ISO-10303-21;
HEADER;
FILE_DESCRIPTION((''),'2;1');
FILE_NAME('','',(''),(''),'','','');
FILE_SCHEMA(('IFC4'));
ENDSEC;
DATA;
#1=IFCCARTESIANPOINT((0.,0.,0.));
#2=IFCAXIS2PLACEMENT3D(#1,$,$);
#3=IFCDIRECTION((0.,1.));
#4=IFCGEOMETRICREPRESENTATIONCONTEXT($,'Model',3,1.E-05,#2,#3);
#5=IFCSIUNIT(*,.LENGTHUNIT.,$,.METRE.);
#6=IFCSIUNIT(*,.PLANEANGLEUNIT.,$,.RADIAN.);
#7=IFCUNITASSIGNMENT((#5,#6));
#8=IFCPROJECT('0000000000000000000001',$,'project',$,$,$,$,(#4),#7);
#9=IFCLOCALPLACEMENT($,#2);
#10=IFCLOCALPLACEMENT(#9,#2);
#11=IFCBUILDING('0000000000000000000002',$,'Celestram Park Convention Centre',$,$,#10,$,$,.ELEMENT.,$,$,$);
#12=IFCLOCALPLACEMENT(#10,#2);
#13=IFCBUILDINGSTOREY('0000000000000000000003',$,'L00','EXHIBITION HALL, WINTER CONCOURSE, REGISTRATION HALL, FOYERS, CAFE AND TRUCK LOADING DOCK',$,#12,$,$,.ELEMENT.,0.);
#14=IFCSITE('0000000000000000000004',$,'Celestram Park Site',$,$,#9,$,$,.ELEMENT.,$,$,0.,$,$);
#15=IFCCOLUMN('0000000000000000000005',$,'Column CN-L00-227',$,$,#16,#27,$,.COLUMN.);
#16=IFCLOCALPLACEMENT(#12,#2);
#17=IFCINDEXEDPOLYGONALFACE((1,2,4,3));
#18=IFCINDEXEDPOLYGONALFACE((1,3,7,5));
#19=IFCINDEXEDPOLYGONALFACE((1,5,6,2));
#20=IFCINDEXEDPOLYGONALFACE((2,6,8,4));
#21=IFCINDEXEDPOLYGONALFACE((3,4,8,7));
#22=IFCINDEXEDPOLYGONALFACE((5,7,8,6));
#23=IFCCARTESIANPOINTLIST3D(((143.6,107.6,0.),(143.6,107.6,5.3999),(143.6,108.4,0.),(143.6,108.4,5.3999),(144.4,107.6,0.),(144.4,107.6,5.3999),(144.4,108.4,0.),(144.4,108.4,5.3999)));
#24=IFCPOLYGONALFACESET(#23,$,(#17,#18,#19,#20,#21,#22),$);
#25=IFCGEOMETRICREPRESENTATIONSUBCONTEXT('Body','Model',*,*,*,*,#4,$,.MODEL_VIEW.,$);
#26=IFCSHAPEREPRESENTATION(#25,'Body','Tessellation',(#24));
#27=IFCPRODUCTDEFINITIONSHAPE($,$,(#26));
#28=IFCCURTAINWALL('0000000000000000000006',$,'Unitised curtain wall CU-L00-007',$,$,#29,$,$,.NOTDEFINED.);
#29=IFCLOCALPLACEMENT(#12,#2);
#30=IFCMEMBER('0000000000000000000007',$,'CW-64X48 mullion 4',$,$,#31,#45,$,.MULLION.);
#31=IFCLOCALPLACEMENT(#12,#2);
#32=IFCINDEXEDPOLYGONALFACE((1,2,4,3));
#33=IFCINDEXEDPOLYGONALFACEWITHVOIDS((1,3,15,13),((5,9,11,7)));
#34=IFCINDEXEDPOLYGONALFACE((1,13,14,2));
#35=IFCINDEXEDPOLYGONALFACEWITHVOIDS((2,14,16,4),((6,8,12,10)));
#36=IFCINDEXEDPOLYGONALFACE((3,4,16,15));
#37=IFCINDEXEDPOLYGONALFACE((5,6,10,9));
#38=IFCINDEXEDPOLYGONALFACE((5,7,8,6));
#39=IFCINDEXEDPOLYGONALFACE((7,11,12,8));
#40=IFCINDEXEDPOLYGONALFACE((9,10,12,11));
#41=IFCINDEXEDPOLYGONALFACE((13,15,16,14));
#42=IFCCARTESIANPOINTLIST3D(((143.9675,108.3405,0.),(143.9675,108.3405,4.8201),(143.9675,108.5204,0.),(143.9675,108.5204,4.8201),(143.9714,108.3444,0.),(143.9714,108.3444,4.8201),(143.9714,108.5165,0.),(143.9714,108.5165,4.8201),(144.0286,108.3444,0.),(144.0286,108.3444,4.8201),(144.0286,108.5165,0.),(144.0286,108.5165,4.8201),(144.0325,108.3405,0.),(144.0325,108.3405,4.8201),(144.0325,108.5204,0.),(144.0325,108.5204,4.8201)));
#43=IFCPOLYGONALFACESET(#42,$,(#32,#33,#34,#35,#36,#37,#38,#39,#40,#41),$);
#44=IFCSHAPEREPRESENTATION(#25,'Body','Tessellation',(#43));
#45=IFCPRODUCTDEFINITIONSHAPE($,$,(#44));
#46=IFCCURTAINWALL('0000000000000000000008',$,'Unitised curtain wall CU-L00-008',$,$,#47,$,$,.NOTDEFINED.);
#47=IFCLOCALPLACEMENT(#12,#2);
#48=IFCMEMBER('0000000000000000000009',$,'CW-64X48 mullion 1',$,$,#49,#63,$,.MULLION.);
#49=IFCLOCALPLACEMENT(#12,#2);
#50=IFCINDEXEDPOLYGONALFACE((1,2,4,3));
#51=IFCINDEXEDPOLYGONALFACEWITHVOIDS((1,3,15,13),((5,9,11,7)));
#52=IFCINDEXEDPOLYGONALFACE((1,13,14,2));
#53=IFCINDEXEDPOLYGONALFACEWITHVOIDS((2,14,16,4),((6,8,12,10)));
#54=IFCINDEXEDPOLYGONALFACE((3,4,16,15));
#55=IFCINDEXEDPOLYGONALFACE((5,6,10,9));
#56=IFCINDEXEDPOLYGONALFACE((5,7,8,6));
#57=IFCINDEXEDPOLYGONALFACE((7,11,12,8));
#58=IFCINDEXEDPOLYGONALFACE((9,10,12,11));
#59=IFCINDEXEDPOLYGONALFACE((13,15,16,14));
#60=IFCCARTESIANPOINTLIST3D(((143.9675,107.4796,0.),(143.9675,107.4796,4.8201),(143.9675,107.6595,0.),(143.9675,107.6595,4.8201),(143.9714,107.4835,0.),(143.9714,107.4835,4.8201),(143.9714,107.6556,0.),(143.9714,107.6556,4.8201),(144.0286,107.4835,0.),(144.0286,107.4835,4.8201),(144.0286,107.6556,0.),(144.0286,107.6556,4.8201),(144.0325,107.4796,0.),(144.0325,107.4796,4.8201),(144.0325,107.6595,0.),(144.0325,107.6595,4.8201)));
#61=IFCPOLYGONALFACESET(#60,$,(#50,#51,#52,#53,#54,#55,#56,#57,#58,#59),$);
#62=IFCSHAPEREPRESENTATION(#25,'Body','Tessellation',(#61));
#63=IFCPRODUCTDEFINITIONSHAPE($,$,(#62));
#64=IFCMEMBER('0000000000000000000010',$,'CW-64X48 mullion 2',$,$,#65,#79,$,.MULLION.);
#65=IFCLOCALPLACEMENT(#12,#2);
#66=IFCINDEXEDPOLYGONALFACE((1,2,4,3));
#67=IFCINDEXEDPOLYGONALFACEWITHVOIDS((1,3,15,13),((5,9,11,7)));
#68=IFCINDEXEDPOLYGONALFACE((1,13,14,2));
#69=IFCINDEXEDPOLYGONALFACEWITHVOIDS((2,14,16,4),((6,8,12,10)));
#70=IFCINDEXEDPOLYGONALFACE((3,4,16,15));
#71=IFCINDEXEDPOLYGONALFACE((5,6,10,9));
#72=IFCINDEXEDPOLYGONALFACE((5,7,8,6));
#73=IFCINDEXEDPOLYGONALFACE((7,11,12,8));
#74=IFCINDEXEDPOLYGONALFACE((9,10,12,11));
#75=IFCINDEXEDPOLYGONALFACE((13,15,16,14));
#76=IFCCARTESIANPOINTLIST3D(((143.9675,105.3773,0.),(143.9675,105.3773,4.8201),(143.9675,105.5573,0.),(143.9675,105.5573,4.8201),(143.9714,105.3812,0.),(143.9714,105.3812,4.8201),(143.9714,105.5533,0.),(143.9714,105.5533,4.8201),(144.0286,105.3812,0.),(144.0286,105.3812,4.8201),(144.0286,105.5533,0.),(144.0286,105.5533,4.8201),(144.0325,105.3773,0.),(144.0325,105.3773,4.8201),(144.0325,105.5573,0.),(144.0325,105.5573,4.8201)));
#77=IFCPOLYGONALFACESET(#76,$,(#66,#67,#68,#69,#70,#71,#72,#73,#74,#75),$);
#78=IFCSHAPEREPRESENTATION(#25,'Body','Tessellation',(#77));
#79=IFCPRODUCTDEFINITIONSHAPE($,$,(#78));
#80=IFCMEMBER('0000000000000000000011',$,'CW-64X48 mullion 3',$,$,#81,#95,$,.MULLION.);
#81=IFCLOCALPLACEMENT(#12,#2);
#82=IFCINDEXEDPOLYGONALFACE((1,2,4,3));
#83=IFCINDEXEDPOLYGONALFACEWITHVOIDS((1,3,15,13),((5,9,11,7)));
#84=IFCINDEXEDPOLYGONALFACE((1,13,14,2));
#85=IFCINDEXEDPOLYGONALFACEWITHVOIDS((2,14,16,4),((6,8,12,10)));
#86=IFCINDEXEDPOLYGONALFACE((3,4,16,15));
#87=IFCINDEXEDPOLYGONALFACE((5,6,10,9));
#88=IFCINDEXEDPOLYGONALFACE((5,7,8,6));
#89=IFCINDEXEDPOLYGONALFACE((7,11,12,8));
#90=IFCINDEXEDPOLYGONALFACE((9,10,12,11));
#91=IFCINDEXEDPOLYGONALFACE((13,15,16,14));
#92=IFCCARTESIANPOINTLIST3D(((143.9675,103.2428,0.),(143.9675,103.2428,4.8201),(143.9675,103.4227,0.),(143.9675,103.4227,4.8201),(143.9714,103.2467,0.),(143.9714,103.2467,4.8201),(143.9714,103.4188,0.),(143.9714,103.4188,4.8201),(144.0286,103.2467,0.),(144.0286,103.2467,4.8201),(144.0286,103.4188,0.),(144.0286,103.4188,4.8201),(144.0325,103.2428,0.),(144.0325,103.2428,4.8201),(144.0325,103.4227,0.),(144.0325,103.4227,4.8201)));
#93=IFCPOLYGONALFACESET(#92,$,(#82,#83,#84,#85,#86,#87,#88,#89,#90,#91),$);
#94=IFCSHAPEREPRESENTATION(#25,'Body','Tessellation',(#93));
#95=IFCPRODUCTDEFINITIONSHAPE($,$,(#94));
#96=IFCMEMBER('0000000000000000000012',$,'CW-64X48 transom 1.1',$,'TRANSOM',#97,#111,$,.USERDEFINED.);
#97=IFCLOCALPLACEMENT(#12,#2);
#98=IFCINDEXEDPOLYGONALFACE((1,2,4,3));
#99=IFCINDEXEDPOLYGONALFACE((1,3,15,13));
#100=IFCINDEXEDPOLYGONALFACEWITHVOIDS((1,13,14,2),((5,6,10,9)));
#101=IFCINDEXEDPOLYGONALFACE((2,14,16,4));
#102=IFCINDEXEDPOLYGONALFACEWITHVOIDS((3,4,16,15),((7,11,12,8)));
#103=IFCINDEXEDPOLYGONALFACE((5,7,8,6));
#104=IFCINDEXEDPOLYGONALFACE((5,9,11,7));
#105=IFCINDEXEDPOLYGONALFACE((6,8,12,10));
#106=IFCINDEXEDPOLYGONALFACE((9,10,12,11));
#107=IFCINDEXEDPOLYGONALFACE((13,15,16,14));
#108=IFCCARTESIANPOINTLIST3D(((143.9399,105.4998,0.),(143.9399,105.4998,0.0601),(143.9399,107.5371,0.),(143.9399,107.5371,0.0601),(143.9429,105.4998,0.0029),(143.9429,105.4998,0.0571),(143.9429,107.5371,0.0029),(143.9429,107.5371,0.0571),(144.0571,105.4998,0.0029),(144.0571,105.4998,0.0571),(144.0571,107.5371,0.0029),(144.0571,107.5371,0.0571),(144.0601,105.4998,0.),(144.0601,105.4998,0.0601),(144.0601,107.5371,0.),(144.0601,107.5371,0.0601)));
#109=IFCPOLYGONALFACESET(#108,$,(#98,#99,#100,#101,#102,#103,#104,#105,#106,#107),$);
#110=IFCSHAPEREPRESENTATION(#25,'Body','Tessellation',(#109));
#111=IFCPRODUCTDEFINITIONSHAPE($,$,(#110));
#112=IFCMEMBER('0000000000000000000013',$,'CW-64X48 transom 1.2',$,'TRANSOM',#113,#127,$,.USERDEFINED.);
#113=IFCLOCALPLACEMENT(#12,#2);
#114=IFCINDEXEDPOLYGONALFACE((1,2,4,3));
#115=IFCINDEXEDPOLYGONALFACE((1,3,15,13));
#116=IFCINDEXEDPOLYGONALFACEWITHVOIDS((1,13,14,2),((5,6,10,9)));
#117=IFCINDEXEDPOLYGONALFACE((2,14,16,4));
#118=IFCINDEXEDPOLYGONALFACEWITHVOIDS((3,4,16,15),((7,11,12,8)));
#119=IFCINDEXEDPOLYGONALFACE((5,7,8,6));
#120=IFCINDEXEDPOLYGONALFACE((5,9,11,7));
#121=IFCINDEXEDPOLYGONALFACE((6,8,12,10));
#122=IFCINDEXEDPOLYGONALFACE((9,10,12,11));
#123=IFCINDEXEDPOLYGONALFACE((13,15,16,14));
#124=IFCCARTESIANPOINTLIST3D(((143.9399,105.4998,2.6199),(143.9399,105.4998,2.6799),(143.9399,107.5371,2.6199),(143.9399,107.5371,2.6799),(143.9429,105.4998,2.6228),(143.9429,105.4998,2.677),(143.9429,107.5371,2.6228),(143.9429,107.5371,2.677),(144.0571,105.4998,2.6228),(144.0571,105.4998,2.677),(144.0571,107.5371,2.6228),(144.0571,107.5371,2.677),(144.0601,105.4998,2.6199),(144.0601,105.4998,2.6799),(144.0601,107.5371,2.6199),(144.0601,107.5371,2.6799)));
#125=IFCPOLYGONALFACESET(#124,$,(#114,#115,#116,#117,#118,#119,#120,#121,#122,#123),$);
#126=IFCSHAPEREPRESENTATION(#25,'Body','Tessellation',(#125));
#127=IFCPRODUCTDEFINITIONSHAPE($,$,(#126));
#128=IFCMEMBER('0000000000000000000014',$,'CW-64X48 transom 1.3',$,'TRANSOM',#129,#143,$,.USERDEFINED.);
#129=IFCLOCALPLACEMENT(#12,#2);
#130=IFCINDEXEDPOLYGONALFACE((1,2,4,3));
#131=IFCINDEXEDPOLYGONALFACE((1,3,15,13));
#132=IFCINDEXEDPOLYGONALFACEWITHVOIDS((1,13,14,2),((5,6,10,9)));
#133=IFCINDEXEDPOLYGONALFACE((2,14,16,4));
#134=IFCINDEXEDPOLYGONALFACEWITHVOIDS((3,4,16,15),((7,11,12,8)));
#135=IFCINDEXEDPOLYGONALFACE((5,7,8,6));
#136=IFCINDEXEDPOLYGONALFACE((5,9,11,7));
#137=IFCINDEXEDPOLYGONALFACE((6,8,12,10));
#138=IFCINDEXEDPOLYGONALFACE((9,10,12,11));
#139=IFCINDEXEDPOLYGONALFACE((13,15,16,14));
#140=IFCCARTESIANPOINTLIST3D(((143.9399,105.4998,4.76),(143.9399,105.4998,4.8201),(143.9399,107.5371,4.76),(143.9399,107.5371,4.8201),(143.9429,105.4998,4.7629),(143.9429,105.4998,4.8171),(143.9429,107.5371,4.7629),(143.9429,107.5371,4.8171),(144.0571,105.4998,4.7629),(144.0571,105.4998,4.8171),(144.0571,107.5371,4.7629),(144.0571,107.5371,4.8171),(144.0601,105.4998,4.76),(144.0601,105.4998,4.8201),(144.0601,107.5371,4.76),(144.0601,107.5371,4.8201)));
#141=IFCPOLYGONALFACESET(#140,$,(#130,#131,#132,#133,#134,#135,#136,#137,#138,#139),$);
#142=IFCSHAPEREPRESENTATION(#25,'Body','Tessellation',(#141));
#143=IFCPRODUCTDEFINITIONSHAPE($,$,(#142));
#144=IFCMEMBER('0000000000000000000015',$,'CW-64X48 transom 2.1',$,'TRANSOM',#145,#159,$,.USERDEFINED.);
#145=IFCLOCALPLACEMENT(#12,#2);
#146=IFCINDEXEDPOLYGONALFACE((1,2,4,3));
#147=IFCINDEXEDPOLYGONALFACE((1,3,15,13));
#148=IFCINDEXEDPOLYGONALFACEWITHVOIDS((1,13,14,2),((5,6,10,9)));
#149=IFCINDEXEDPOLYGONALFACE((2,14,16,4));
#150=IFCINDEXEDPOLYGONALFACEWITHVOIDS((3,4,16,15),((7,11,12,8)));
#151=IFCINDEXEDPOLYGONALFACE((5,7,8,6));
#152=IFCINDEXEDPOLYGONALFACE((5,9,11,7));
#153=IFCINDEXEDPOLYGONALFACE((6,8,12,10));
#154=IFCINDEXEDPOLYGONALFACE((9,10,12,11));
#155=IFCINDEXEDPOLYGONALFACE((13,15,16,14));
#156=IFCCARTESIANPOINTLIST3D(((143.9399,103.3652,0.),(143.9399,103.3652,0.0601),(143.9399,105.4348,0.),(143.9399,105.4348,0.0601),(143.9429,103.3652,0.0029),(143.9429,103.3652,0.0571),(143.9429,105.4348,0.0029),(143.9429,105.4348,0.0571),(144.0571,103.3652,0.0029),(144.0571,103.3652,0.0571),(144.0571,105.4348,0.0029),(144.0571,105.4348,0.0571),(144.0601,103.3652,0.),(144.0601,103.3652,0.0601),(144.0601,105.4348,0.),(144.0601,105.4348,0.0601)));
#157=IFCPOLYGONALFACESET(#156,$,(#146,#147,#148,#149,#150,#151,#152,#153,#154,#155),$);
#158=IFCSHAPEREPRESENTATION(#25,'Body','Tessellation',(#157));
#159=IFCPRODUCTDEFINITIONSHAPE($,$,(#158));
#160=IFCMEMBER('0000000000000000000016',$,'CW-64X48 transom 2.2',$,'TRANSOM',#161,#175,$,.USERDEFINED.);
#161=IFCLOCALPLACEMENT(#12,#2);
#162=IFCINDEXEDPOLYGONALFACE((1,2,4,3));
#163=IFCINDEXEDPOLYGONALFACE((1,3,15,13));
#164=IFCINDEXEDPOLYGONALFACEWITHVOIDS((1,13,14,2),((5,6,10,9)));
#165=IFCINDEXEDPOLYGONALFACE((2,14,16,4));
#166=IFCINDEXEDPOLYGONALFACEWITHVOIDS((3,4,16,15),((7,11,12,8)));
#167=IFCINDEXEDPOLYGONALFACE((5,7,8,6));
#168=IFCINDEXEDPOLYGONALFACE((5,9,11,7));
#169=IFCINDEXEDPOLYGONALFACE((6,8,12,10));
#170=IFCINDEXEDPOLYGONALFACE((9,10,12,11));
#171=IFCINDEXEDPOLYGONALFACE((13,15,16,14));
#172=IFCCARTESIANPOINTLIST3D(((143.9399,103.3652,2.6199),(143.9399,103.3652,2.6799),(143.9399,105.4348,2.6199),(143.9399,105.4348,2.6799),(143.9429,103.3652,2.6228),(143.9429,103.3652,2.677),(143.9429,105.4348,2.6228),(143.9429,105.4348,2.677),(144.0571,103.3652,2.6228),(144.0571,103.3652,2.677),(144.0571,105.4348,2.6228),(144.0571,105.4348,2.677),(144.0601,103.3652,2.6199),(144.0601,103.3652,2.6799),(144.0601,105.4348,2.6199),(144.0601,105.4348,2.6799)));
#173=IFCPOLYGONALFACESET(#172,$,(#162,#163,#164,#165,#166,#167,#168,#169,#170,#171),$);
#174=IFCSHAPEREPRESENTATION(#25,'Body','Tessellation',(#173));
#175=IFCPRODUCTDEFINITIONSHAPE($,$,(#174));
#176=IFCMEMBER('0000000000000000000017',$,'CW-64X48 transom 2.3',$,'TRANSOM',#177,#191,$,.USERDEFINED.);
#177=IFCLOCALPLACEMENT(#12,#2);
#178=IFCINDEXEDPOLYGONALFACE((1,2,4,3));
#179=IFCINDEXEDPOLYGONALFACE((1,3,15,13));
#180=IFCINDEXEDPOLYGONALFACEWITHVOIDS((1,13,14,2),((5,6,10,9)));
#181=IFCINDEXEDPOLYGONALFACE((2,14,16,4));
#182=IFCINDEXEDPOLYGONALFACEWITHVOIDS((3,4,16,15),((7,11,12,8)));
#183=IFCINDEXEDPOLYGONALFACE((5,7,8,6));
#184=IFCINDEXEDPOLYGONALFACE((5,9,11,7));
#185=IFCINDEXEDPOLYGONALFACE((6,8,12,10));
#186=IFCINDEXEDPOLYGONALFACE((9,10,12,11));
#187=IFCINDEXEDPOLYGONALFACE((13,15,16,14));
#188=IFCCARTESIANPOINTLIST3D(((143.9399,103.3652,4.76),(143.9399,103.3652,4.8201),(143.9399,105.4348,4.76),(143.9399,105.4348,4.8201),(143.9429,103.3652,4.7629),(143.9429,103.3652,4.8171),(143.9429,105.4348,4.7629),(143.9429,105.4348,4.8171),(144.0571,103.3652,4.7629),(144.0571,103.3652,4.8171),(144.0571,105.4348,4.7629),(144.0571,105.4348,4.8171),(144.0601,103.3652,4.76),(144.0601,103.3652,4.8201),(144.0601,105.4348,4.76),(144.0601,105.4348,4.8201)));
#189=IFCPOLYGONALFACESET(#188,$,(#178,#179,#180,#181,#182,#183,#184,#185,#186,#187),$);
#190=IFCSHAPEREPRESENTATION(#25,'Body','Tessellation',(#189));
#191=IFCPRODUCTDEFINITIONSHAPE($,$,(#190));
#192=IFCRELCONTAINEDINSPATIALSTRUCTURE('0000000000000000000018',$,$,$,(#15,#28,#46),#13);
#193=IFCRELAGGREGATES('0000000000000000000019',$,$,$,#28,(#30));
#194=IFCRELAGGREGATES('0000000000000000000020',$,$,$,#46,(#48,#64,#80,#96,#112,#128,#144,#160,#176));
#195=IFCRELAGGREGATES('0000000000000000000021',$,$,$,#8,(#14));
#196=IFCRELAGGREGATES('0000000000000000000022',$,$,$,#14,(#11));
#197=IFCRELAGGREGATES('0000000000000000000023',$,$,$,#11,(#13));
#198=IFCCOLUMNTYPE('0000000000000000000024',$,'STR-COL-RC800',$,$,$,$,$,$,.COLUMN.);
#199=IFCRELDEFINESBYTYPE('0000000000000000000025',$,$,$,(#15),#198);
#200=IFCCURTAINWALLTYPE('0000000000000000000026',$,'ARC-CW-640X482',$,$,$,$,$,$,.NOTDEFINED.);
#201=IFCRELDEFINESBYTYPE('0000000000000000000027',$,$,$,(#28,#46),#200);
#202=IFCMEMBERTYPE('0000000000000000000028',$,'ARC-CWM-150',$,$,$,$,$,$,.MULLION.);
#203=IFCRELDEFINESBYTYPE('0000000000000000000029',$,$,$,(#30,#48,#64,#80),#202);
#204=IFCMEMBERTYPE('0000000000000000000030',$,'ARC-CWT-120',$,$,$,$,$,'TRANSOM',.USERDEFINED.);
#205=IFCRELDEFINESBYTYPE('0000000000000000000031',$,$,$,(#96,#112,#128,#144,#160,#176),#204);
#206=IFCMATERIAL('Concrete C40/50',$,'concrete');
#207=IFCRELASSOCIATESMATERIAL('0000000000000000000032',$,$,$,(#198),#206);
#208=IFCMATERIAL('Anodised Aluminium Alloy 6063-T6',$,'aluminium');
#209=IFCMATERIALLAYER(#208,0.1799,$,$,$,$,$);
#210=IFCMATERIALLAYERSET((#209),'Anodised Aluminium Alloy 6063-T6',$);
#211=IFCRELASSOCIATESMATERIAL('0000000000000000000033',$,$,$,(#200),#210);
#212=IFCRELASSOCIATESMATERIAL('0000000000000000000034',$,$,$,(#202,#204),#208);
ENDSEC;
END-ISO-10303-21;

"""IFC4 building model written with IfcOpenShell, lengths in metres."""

from ifc_helpers import new_model, si_unit, direction, frame, origin, origin_2d, place, context, subcontext, project, spatial, rectangle, hollow_rectangle, extrude, material, layer, layer_set, material_profile, profile_set, type_object, element, aggregate, save


model = new_model("IFC4")

# Units and contexts
model_context = context("Model", 3, precision=1e-05, world=origin(), true_north=direction((0.0, 1.0)))
body_context = subcontext(model_context, "Body", "Model", "MODEL_VIEW")
ifc_project = project(units=[si_unit("LENGTHUNIT", "METRE"), si_unit("PLANEANGLEUNIT", "RADIAN")], contexts=[model_context])

# Site, building, storey
site_placement = place(None, origin())
site = spatial("IfcSite", under=ifc_project, at=site_placement, Name="Celestram Park Site", CompositionType="ELEMENT", RefElevation=0.0)
building_placement = place(site_placement, origin())
building = spatial("IfcBuilding", under=site, at=building_placement, Name="Celestram Park Convention Centre", CompositionType="ELEMENT")
storey_placement = place(building_placement, origin())
storey = spatial("IfcBuildingStorey", under=building, at=storey_placement, Name="L00", Description="EXHIBITION HALL, WINTER CONCOURSE, REGISTRATION HALL, FOYERS, CAFE AND TRUCK LOADING DOCK", CompositionType="ELEMENT", Elevation=0.0)

# Column
ifc_material_1 = material(Name="Concrete C40/50", Category="concrete")
ifc_material_profile_1 = material_profile(ifc_material_1, rectangle(XDim=0.8, YDim=0.8, at=origin_2d()), Name="RC800X800")
ifc_profile_set_1 = profile_set([ifc_material_profile_1], Name="Concrete C40/50")
column_type = type_object("IfcColumnType", Name="STR-COL-RC800", PredefinedType="COLUMN", material=ifc_profile_set_1)
column_placement = place(storey_placement, frame((144.0, 108.0, 0.0), z_axis=(0.0, 0.0, 1.0), x_axis=(1.0, 0.0, 0.0)))
element("IfcColumn", 1, at=column_placement, inside=storey, type_object=column_type, Name="Column CN-L00-227", PredefinedType="COLUMN", context=body_context, shape_type="SweptSolid", body=[
    extrude(rectangle(XDim=0.8, YDim=0.8, at=origin_2d()), origin(), (0.0, 0.0, 1.0), 5.3999),
])

# Curtain wall, member
ifc_material_2 = material(Name="Anodised Aluminium Alloy 6063-T6", Category="aluminium")
ifc_layer_1 = layer(ifc_material_2, 0.1799)
ifc_layer_set_1 = layer_set([ifc_layer_1], Name="Anodised Aluminium Alloy 6063-T6")
curtain_wall_type = type_object("IfcCurtainWallType", Name="ARC-CW-640X482", PredefinedType="NOTDEFINED", material=ifc_layer_set_1)
curtain_wall_1_placement = place(storey_placement, origin())
curtain_wall_1 = element("IfcCurtainWall", 2, at=curtain_wall_1_placement, inside=storey, type_object=curtain_wall_type, Name="Unitised curtain wall CU-L00-007", PredefinedType="NOTDEFINED")
ifc_material_profile_2 = material_profile(ifc_material_2, hollow_rectangle(XDim=0.0649, YDim=0.1799, WallThickness=0.0039, at=origin_2d()), Name="ALU65X180X4")
ifc_profile_set_2 = profile_set([ifc_material_profile_2], Name="Anodised Aluminium Alloy 6063-T6")
member_type_1 = type_object("IfcMemberType", Name="ARC-CWM-150", PredefinedType="MULLION", material=ifc_profile_set_2)
member_1_placement = place(storey_placement, frame((144.0, 108.4304, 0.0), z_axis=(0.0, 0.0, 1.0), x_axis=(1.0, 0.0, 0.0)))
member_1 = element("IfcMember", 3, at=member_1_placement, type_object=member_type_1, Name="CW-64X48 mullion 4", PredefinedType="MULLION", context=body_context, shape_type="SweptSolid", body=[
    extrude(hollow_rectangle(XDim=0.0649, YDim=0.1799, WallThickness=0.0039, at=origin_2d()), origin(), (0.0, 0.0, 1.0), 4.8201),
])
aggregate(curtain_wall_1, [member_1])

# Curtain wall, members
curtain_wall_2_placement = place(storey_placement, origin())
curtain_wall_2 = element("IfcCurtainWall", 4, at=curtain_wall_2_placement, inside=storey, type_object=curtain_wall_type, Name="Unitised curtain wall CU-L00-008", PredefinedType="NOTDEFINED")
member_2_placement = place(storey_placement, frame((144.0, 107.5696, 0.0), z_axis=(0.0, 0.0, 1.0), x_axis=(1.0, 0.0, 0.0)))
member_2 = element("IfcMember", 5, at=member_2_placement, type_object=member_type_1, Name="CW-64X48 mullion 1", PredefinedType="MULLION", context=body_context, shape_type="SweptSolid", body=[
    extrude(hollow_rectangle(XDim=0.0649, YDim=0.1799, WallThickness=0.0039, at=origin_2d()), origin(), (0.0, 0.0, 1.0), 4.8201),
])
member_3_placement = place(storey_placement, frame((144.0, 105.4673, 0.0), z_axis=(0.0, 0.0, 1.0), x_axis=(1.0, 0.0, 0.0)))
member_3 = element("IfcMember", 6, at=member_3_placement, type_object=member_type_1, Name="CW-64X48 mullion 2", PredefinedType="MULLION", context=body_context, shape_type="SweptSolid", body=[
    extrude(hollow_rectangle(XDim=0.0649, YDim=0.1799, WallThickness=0.0039, at=origin_2d()), origin(), (0.0, 0.0, 1.0), 4.8201),
])
member_4_placement = place(storey_placement, frame((144.0, 103.3328, 0.0), z_axis=(0.0, 0.0, 1.0), x_axis=(1.0, 0.0, 0.0)))
member_4 = element("IfcMember", 7, at=member_4_placement, type_object=member_type_1, Name="CW-64X48 mullion 3", PredefinedType="MULLION", context=body_context, shape_type="SweptSolid", body=[
    extrude(hollow_rectangle(XDim=0.0649, YDim=0.1799, WallThickness=0.0039, at=origin_2d()), origin(), (0.0, 0.0, 1.0), 4.8201),
])
ifc_material_profile_3 = material_profile(ifc_material_2, hollow_rectangle(XDim=0.1201, YDim=0.0601, WallThickness=0.0029, at=origin_2d()), Name="ALU120X60X3")
ifc_profile_set_3 = profile_set([ifc_material_profile_3], Name="Anodised Aluminium Alloy 6063-T6")
member_type_2 = type_object("IfcMemberType", Name="ARC-CWT-120", ElementType="TRANSOM", PredefinedType="USERDEFINED", material=ifc_profile_set_3)
member_5_placement = place(storey_placement, frame((144.0, 107.5371, 0.03), z_axis=(0.0, -1.0, 0.0), x_axis=(1.0, 0.0, 0.0)))
member_5 = element("IfcMember", 8, at=member_5_placement, type_object=member_type_2, Name="CW-64X48 transom 1.1", ObjectType="TRANSOM", PredefinedType="USERDEFINED", context=body_context, shape_type="SweptSolid", body=[
    extrude(hollow_rectangle(XDim=0.1201, YDim=0.0601, WallThickness=0.0029, at=origin_2d()), origin(), (0.0, 0.0, 1.0), 2.0374),
])
member_6_placement = place(storey_placement, frame((144.0, 107.5371, 2.6499), z_axis=(0.0, -1.0, 0.0), x_axis=(1.0, 0.0, 0.0)))
member_6 = element("IfcMember", 9, at=member_6_placement, type_object=member_type_2, Name="CW-64X48 transom 1.2", ObjectType="TRANSOM", PredefinedType="USERDEFINED", context=body_context, shape_type="SweptSolid", body=[
    extrude(hollow_rectangle(XDim=0.1201, YDim=0.0601, WallThickness=0.0029, at=origin_2d()), origin(), (0.0, 0.0, 1.0), 2.0374),
])
member_7_placement = place(storey_placement, frame((144.0, 107.5371, 4.79), z_axis=(0.0, -1.0, 0.0), x_axis=(1.0, 0.0, 0.0)))
member_7 = element("IfcMember", 10, at=member_7_placement, type_object=member_type_2, Name="CW-64X48 transom 1.3", ObjectType="TRANSOM", PredefinedType="USERDEFINED", context=body_context, shape_type="SweptSolid", body=[
    extrude(hollow_rectangle(XDim=0.1201, YDim=0.0601, WallThickness=0.0029, at=origin_2d()), origin(), (0.0, 0.0, 1.0), 2.0374),
])
member_8_placement = place(storey_placement, frame((144.0, 105.4348, 0.03), z_axis=(0.0, -1.0, 0.0), x_axis=(1.0, 0.0, 0.0)))
member_8 = element("IfcMember", 11, at=member_8_placement, type_object=member_type_2, Name="CW-64X48 transom 2.1", ObjectType="TRANSOM", PredefinedType="USERDEFINED", context=body_context, shape_type="SweptSolid", body=[
    extrude(hollow_rectangle(XDim=0.1201, YDim=0.0601, WallThickness=0.0029, at=origin_2d()), origin(), (0.0, 0.0, 1.0), 2.0696),
])
member_9_placement = place(storey_placement, frame((144.0, 105.4348, 2.6499), z_axis=(0.0, -1.0, 0.0), x_axis=(1.0, 0.0, 0.0)))
member_9 = element("IfcMember", 12, at=member_9_placement, type_object=member_type_2, Name="CW-64X48 transom 2.2", ObjectType="TRANSOM", PredefinedType="USERDEFINED", context=body_context, shape_type="SweptSolid", body=[
    extrude(hollow_rectangle(XDim=0.1201, YDim=0.0601, WallThickness=0.0029, at=origin_2d()), origin(), (0.0, 0.0, 1.0), 2.0696),
])
member_10_placement = place(storey_placement, frame((144.0, 105.4348, 4.79), z_axis=(0.0, -1.0, 0.0), x_axis=(1.0, 0.0, 0.0)))
member_10 = element("IfcMember", 13, at=member_10_placement, type_object=member_type_2, Name="CW-64X48 transom 2.3", ObjectType="TRANSOM", PredefinedType="USERDEFINED", context=body_context, shape_type="SweptSolid", body=[
    extrude(hollow_rectangle(XDim=0.1201, YDim=0.0601, WallThickness=0.0029, at=origin_2d()), origin(), (0.0, 0.0, 1.0), 2.0696),
])

aggregate(curtain_wall_2, [member_2, member_3, member_4, member_5, member_6, member_7, member_8, member_9, member_10])

save(model, "model.ifc")
